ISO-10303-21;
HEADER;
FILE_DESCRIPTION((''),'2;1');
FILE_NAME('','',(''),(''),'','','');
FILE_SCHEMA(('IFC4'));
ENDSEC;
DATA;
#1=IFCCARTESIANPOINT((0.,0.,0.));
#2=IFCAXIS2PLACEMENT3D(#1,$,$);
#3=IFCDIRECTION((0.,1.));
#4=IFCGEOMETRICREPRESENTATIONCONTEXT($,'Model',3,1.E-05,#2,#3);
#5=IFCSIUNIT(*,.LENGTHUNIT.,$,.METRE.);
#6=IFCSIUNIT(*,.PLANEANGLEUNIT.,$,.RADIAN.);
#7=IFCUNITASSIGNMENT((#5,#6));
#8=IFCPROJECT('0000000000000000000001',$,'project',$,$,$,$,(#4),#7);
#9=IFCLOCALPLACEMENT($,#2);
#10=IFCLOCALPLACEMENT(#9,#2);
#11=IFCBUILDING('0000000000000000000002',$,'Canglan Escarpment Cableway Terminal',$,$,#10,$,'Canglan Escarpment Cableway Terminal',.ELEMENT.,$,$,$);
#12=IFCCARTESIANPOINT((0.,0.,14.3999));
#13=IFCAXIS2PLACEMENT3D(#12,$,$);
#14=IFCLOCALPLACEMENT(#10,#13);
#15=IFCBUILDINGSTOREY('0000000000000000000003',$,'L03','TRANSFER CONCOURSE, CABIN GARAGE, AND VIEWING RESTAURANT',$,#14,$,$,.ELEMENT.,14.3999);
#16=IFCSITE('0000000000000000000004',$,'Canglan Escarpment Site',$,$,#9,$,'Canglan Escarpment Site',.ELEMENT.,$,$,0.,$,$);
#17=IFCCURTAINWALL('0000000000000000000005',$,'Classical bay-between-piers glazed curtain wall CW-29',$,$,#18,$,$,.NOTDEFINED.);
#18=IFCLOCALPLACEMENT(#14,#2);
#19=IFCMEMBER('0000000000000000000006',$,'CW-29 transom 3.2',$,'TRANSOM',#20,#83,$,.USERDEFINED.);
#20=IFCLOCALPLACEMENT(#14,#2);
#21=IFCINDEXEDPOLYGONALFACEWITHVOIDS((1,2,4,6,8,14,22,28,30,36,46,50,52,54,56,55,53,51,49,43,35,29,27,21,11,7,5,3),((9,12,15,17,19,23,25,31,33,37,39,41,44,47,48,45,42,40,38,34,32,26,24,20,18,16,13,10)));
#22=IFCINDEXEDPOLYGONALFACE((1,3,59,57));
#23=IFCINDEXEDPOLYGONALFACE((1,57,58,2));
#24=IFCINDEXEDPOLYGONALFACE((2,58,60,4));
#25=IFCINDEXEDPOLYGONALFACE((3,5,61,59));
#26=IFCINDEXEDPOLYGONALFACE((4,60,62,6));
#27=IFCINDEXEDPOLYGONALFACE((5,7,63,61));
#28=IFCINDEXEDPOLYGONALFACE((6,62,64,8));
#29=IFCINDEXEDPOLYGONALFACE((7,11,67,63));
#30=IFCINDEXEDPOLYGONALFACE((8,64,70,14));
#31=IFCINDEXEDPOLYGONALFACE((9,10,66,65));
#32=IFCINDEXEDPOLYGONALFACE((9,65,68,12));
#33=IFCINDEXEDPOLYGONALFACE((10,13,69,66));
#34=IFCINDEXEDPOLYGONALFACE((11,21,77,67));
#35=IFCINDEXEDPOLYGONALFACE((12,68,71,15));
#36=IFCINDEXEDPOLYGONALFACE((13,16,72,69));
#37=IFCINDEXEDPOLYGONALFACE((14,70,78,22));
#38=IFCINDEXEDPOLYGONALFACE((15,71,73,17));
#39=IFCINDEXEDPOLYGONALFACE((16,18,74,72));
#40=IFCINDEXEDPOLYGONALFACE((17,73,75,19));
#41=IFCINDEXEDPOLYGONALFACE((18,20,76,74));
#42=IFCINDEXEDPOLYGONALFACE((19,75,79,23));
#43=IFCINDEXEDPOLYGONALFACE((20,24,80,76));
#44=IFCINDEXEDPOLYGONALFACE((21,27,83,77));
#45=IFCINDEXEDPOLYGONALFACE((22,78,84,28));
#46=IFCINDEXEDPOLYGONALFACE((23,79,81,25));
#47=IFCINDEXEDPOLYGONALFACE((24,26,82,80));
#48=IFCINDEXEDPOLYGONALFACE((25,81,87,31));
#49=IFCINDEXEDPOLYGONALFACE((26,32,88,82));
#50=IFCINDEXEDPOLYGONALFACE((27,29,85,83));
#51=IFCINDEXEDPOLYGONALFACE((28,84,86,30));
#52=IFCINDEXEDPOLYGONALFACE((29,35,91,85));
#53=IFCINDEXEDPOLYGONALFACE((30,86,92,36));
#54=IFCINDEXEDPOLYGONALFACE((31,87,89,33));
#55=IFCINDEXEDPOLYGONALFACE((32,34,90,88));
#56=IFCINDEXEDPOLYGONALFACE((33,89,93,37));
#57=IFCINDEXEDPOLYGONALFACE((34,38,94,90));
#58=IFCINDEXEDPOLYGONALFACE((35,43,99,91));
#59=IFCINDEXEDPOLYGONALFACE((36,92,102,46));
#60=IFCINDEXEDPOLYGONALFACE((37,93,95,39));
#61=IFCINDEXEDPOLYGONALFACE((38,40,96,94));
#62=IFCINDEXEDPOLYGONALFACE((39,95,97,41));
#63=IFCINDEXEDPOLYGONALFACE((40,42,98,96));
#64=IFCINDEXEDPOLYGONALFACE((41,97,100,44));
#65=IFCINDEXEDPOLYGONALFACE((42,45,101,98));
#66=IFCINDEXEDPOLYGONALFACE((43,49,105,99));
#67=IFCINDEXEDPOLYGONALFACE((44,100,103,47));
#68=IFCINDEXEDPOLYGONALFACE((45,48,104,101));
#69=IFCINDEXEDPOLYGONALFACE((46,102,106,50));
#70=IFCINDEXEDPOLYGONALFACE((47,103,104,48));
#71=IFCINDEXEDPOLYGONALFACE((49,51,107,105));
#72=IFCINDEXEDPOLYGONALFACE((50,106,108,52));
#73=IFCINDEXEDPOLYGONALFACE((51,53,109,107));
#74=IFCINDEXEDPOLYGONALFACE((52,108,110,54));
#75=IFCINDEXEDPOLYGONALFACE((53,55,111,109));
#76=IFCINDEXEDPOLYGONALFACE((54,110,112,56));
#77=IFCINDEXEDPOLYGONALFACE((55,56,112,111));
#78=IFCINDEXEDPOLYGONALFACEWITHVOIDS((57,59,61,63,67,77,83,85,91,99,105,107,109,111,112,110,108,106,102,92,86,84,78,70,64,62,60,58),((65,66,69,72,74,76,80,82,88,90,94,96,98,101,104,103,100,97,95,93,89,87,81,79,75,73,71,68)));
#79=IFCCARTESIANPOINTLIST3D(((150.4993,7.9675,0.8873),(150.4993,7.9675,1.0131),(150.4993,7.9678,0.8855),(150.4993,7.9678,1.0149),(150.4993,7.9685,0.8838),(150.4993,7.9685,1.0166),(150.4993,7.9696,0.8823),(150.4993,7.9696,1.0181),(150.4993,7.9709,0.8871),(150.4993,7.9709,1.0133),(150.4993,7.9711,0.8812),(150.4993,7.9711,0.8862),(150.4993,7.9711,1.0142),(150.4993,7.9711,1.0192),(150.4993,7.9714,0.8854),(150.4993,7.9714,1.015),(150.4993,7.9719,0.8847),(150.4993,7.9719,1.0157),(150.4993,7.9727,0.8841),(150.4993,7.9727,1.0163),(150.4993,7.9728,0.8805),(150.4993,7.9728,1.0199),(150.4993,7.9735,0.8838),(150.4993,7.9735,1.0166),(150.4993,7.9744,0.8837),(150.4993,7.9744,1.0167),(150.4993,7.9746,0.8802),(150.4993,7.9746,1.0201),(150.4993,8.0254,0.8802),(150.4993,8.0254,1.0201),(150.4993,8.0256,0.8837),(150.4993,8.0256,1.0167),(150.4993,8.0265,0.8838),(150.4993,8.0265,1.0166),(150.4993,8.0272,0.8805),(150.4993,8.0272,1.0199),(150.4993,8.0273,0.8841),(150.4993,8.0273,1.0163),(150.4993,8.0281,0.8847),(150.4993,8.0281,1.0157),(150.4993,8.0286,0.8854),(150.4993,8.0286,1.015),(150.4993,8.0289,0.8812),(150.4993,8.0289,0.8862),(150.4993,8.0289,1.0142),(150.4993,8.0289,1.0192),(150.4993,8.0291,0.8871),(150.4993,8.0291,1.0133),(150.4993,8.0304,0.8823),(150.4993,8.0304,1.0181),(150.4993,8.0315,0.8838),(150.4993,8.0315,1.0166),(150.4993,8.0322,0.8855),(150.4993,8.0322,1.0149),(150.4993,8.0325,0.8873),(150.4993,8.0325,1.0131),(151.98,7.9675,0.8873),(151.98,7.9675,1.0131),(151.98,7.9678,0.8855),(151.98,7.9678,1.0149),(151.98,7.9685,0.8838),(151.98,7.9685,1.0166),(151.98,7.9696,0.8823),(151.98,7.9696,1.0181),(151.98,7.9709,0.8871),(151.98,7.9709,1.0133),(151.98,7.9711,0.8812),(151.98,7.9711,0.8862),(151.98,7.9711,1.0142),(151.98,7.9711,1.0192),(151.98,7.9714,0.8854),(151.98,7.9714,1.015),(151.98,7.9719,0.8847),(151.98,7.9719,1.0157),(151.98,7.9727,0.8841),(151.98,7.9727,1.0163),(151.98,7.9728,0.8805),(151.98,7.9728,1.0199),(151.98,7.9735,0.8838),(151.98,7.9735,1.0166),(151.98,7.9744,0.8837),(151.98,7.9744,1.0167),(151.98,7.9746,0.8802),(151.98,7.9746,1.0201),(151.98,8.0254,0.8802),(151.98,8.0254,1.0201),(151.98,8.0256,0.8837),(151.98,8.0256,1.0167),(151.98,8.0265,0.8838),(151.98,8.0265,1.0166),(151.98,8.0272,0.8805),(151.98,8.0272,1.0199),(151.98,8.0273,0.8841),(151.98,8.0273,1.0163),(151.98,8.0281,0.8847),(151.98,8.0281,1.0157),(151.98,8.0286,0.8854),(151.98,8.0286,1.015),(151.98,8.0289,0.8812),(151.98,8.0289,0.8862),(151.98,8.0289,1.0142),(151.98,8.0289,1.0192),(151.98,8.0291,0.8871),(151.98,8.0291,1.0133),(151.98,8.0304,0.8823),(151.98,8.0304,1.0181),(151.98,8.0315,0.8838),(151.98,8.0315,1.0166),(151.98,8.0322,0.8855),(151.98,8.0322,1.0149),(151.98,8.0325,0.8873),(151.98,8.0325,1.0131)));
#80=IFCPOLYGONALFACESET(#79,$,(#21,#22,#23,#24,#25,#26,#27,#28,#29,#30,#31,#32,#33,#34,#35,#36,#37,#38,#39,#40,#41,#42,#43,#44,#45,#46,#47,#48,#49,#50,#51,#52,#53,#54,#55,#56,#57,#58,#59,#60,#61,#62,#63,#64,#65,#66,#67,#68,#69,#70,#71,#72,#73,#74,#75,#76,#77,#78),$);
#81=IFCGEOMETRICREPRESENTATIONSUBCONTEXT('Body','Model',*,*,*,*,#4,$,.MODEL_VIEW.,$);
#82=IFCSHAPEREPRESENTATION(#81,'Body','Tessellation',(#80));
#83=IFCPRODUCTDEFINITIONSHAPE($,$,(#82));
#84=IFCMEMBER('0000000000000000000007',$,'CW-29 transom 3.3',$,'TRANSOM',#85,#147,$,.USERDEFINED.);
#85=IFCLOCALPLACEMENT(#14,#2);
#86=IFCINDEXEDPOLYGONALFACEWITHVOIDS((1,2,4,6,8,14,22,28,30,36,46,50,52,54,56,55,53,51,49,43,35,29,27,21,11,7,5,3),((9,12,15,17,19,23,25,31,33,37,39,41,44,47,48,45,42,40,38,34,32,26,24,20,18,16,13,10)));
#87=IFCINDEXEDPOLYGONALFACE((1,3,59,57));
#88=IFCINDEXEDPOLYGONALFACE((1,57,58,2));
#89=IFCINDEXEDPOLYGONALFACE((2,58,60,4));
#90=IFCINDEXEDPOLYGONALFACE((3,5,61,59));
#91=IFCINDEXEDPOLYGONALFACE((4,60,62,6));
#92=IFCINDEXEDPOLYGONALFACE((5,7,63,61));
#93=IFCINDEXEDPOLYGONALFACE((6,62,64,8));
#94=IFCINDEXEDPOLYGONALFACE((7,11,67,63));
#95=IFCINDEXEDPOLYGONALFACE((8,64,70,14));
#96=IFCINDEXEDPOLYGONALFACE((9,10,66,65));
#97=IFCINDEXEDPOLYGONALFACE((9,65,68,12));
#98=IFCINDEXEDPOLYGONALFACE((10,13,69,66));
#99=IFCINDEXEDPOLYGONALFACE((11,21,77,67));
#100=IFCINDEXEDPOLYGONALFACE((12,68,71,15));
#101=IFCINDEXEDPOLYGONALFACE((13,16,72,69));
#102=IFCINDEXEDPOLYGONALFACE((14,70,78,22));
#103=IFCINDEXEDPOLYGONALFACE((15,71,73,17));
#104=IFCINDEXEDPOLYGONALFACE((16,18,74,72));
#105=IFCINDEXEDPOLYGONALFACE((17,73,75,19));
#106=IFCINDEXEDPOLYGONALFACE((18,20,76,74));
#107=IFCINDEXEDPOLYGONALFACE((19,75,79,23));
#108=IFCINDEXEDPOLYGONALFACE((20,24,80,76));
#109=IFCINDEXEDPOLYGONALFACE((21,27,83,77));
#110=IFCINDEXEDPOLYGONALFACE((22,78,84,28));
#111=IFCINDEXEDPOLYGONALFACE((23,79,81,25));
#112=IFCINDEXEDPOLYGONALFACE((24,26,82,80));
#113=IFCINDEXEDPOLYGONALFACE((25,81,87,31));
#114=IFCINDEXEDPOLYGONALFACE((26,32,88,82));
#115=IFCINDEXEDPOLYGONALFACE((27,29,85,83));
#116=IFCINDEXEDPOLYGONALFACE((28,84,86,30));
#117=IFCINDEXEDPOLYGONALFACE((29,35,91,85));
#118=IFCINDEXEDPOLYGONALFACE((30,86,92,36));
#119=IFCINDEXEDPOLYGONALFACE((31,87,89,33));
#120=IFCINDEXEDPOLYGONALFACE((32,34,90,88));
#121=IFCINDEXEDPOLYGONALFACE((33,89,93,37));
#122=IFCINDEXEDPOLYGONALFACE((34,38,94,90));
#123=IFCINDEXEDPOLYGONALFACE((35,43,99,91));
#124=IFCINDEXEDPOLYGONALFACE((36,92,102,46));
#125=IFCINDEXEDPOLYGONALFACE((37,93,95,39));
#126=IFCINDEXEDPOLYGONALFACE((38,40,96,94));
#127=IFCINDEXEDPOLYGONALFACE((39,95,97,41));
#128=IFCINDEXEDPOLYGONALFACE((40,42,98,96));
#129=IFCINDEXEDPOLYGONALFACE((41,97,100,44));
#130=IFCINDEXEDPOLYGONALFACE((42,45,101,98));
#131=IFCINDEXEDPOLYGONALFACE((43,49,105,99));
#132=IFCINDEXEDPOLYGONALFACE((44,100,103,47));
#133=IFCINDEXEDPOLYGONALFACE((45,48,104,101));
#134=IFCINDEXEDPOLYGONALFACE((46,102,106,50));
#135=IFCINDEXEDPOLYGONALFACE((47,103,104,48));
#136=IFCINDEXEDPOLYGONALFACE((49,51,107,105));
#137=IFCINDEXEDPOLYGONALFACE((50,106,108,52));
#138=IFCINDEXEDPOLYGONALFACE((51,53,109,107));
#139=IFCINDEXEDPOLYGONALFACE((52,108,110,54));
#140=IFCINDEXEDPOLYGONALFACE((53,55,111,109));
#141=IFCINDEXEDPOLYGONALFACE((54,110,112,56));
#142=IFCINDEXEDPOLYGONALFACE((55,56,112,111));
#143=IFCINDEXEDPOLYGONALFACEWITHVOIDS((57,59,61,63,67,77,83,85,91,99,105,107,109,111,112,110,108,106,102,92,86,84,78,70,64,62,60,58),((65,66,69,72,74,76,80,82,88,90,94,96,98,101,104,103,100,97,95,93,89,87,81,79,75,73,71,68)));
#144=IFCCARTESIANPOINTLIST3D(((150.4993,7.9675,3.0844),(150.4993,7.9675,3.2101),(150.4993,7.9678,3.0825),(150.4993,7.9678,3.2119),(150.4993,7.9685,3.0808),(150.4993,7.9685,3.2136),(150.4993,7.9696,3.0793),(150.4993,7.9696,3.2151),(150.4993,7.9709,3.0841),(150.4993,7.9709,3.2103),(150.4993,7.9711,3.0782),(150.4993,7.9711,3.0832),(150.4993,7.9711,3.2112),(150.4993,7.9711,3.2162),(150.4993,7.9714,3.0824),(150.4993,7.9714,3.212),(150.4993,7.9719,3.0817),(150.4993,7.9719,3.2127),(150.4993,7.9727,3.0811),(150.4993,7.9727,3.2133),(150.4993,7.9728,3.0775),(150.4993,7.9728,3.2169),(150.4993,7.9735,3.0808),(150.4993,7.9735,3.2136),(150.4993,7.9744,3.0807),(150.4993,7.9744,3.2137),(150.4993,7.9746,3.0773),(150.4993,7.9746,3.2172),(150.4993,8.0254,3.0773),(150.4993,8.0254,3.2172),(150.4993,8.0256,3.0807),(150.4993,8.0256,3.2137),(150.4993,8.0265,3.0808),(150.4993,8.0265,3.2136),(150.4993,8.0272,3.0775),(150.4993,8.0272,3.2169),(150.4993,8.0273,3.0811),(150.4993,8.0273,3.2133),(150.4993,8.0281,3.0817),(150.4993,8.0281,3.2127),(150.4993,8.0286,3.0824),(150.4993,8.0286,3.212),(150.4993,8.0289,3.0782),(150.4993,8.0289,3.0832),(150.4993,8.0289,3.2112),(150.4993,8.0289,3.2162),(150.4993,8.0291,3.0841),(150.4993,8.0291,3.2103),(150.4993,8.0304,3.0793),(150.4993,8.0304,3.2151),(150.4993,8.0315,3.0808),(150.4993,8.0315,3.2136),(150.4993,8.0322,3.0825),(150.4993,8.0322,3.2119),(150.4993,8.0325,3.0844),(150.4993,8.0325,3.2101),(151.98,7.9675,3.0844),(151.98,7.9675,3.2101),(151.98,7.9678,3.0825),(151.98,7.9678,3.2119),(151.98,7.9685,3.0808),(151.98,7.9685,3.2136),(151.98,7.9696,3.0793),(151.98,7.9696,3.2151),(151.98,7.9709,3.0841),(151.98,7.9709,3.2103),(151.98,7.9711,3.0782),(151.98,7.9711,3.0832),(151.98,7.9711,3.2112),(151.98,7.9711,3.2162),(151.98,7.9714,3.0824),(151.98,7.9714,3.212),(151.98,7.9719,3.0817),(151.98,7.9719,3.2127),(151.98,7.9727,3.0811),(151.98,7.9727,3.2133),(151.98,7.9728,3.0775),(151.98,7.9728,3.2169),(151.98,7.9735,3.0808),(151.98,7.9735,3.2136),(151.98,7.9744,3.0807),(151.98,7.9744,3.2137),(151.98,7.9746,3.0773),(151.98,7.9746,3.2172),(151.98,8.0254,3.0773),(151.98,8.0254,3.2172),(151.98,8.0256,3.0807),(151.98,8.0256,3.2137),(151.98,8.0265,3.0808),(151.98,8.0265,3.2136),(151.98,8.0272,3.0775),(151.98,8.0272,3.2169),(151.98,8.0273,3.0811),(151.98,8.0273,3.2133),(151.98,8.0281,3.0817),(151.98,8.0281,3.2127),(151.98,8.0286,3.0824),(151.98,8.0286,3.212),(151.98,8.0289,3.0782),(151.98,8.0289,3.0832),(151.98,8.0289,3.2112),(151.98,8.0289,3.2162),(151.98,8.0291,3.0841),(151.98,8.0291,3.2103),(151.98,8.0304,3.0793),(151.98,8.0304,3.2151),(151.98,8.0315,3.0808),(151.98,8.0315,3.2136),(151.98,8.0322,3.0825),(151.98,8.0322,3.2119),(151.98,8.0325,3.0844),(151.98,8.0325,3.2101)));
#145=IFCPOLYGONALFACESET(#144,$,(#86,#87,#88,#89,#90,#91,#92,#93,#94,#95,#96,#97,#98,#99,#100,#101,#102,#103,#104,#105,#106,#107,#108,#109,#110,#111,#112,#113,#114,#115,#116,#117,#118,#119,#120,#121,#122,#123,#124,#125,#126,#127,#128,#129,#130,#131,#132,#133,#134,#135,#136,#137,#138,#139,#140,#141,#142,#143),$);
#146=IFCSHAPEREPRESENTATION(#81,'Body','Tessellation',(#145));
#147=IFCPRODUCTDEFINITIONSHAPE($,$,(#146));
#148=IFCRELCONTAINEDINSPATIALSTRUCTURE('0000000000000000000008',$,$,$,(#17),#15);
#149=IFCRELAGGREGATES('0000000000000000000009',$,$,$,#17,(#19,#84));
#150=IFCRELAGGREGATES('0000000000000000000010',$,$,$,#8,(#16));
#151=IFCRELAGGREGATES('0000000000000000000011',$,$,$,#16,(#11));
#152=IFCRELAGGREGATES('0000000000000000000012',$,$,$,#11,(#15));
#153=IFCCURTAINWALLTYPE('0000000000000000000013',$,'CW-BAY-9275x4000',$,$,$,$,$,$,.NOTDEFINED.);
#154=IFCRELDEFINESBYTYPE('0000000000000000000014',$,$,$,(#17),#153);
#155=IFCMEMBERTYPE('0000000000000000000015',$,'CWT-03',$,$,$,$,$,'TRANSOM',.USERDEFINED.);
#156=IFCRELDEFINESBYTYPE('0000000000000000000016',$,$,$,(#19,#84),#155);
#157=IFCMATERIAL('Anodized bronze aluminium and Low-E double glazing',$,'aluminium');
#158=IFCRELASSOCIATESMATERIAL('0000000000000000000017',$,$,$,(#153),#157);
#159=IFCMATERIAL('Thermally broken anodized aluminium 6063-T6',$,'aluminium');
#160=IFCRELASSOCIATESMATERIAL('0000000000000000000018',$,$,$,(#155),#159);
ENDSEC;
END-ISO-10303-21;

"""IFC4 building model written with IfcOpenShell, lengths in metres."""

from ifc_helpers import new_model, si_unit, direction, frame, origin, origin_2d, place, context, subcontext, project, spatial, hollow_rectangle, extrude, material, material_profile, profile_set, type_object, element, aggregate, save


model = new_model("IFC4")

# Units and contexts
model_context = context("Model", 3, precision=1e-05, world=origin(), true_north=direction((0.0, 1.0)))
body_context = subcontext(model_context, "Body", "Model", "MODEL_VIEW")
ifc_project = project(units=[si_unit("LENGTHUNIT", "METRE"), si_unit("PLANEANGLEUNIT", "RADIAN")], contexts=[model_context])

# Site, building, storey
site_placement = place(None, origin())
site = spatial("IfcSite", under=ifc_project, at=site_placement, Name="Canglan Escarpment Site", LongName="Canglan Escarpment Site", CompositionType="ELEMENT", RefElevation=0.0)
building_placement = place(site_placement, origin())
building = spatial("IfcBuilding", under=site, at=building_placement, Name="Canglan Escarpment Cableway Terminal", LongName="Canglan Escarpment Cableway Terminal", CompositionType="ELEMENT")
storey_placement = place(building_placement, frame((0.0, 0.0, 14.3999)))
storey = spatial("IfcBuildingStorey", under=building, at=storey_placement, Name="L03", Description="TRANSFER CONCOURSE, CABIN GARAGE, AND VIEWING RESTAURANT", CompositionType="ELEMENT", Elevation=14.3999)

# Curtain wall, members
ifc_material_1 = material(Name="Anodized bronze aluminium and Low-E double glazing", Category="aluminium")
curtain_wall_type = type_object("IfcCurtainWallType", Name="CW-BAY-9275x4000", PredefinedType="NOTDEFINED", material=ifc_material_1)
curtain_wall_placement = place(storey_placement, origin())
curtain_wall = element("IfcCurtainWall", 1, at=curtain_wall_placement, inside=storey, type_object=curtain_wall_type, Name="Classical bay-between-piers glazed curtain wall CW-29", PredefinedType="NOTDEFINED")
ifc_material_2 = material(Name="Thermally broken anodized aluminium 6063-T6", Category="aluminium")
ifc_material_profile_1 = material_profile(ifc_material_2, hollow_rectangle(XDim=0.0649, YDim=0.1399, WallThickness=0.0034, InnerFilletRadius=0.0034, OuterFilletRadius=0.0071, at=origin_2d()), Name="ALU-TRAN 65x140x3.5")
ifc_profile_set_1 = profile_set([ifc_material_profile_1], Name="Thermally broken anodized aluminium 6063-T6")
member_type_1 = type_object("IfcMemberType", Name="CWT-03", ElementType="TRANSOM", PredefinedType="USERDEFINED", material=ifc_profile_set_1)
member_1_placement = place(storey_placement, frame((150.4993, 8.0, 0.9502), z_axis=(1.0, 0.0, 0.0), x_axis=(0.0, 1.0, 0.0)))
member_1 = element("IfcMember", 2, at=member_1_placement, type_object=member_type_1, Name="CW-29 transom 3.2", ObjectType="TRANSOM", PredefinedType="USERDEFINED", context=body_context, shape_type="SweptSolid", body=[
    extrude(hollow_rectangle(XDim=0.0649, YDim=0.1399, WallThickness=0.0034, InnerFilletRadius=0.0034, OuterFilletRadius=0.0071, at=origin_2d()), origin(), (0.0, 0.0, 1.0), 1.4807),
])
member_2_placement = place(storey_placement, frame((150.4993, 8.0, 3.1472), z_axis=(1.0, 0.0, 0.0), x_axis=(0.0, 1.0, 0.0)))
member_2 = element("IfcMember", 3, at=member_2_placement, type_object=member_type_1, Name="CW-29 transom 3.3", ObjectType="TRANSOM", PredefinedType="USERDEFINED", context=body_context, shape_type="SweptSolid", body=[
    extrude(hollow_rectangle(XDim=0.0649, YDim=0.1399, WallThickness=0.0034, InnerFilletRadius=0.0034, OuterFilletRadius=0.0071, at=origin_2d()), origin(), (0.0, 0.0, 1.0), 1.4807),
])
aggregate(curtain_wall, [member_1, member_2])

save(model, "model.ifc")
